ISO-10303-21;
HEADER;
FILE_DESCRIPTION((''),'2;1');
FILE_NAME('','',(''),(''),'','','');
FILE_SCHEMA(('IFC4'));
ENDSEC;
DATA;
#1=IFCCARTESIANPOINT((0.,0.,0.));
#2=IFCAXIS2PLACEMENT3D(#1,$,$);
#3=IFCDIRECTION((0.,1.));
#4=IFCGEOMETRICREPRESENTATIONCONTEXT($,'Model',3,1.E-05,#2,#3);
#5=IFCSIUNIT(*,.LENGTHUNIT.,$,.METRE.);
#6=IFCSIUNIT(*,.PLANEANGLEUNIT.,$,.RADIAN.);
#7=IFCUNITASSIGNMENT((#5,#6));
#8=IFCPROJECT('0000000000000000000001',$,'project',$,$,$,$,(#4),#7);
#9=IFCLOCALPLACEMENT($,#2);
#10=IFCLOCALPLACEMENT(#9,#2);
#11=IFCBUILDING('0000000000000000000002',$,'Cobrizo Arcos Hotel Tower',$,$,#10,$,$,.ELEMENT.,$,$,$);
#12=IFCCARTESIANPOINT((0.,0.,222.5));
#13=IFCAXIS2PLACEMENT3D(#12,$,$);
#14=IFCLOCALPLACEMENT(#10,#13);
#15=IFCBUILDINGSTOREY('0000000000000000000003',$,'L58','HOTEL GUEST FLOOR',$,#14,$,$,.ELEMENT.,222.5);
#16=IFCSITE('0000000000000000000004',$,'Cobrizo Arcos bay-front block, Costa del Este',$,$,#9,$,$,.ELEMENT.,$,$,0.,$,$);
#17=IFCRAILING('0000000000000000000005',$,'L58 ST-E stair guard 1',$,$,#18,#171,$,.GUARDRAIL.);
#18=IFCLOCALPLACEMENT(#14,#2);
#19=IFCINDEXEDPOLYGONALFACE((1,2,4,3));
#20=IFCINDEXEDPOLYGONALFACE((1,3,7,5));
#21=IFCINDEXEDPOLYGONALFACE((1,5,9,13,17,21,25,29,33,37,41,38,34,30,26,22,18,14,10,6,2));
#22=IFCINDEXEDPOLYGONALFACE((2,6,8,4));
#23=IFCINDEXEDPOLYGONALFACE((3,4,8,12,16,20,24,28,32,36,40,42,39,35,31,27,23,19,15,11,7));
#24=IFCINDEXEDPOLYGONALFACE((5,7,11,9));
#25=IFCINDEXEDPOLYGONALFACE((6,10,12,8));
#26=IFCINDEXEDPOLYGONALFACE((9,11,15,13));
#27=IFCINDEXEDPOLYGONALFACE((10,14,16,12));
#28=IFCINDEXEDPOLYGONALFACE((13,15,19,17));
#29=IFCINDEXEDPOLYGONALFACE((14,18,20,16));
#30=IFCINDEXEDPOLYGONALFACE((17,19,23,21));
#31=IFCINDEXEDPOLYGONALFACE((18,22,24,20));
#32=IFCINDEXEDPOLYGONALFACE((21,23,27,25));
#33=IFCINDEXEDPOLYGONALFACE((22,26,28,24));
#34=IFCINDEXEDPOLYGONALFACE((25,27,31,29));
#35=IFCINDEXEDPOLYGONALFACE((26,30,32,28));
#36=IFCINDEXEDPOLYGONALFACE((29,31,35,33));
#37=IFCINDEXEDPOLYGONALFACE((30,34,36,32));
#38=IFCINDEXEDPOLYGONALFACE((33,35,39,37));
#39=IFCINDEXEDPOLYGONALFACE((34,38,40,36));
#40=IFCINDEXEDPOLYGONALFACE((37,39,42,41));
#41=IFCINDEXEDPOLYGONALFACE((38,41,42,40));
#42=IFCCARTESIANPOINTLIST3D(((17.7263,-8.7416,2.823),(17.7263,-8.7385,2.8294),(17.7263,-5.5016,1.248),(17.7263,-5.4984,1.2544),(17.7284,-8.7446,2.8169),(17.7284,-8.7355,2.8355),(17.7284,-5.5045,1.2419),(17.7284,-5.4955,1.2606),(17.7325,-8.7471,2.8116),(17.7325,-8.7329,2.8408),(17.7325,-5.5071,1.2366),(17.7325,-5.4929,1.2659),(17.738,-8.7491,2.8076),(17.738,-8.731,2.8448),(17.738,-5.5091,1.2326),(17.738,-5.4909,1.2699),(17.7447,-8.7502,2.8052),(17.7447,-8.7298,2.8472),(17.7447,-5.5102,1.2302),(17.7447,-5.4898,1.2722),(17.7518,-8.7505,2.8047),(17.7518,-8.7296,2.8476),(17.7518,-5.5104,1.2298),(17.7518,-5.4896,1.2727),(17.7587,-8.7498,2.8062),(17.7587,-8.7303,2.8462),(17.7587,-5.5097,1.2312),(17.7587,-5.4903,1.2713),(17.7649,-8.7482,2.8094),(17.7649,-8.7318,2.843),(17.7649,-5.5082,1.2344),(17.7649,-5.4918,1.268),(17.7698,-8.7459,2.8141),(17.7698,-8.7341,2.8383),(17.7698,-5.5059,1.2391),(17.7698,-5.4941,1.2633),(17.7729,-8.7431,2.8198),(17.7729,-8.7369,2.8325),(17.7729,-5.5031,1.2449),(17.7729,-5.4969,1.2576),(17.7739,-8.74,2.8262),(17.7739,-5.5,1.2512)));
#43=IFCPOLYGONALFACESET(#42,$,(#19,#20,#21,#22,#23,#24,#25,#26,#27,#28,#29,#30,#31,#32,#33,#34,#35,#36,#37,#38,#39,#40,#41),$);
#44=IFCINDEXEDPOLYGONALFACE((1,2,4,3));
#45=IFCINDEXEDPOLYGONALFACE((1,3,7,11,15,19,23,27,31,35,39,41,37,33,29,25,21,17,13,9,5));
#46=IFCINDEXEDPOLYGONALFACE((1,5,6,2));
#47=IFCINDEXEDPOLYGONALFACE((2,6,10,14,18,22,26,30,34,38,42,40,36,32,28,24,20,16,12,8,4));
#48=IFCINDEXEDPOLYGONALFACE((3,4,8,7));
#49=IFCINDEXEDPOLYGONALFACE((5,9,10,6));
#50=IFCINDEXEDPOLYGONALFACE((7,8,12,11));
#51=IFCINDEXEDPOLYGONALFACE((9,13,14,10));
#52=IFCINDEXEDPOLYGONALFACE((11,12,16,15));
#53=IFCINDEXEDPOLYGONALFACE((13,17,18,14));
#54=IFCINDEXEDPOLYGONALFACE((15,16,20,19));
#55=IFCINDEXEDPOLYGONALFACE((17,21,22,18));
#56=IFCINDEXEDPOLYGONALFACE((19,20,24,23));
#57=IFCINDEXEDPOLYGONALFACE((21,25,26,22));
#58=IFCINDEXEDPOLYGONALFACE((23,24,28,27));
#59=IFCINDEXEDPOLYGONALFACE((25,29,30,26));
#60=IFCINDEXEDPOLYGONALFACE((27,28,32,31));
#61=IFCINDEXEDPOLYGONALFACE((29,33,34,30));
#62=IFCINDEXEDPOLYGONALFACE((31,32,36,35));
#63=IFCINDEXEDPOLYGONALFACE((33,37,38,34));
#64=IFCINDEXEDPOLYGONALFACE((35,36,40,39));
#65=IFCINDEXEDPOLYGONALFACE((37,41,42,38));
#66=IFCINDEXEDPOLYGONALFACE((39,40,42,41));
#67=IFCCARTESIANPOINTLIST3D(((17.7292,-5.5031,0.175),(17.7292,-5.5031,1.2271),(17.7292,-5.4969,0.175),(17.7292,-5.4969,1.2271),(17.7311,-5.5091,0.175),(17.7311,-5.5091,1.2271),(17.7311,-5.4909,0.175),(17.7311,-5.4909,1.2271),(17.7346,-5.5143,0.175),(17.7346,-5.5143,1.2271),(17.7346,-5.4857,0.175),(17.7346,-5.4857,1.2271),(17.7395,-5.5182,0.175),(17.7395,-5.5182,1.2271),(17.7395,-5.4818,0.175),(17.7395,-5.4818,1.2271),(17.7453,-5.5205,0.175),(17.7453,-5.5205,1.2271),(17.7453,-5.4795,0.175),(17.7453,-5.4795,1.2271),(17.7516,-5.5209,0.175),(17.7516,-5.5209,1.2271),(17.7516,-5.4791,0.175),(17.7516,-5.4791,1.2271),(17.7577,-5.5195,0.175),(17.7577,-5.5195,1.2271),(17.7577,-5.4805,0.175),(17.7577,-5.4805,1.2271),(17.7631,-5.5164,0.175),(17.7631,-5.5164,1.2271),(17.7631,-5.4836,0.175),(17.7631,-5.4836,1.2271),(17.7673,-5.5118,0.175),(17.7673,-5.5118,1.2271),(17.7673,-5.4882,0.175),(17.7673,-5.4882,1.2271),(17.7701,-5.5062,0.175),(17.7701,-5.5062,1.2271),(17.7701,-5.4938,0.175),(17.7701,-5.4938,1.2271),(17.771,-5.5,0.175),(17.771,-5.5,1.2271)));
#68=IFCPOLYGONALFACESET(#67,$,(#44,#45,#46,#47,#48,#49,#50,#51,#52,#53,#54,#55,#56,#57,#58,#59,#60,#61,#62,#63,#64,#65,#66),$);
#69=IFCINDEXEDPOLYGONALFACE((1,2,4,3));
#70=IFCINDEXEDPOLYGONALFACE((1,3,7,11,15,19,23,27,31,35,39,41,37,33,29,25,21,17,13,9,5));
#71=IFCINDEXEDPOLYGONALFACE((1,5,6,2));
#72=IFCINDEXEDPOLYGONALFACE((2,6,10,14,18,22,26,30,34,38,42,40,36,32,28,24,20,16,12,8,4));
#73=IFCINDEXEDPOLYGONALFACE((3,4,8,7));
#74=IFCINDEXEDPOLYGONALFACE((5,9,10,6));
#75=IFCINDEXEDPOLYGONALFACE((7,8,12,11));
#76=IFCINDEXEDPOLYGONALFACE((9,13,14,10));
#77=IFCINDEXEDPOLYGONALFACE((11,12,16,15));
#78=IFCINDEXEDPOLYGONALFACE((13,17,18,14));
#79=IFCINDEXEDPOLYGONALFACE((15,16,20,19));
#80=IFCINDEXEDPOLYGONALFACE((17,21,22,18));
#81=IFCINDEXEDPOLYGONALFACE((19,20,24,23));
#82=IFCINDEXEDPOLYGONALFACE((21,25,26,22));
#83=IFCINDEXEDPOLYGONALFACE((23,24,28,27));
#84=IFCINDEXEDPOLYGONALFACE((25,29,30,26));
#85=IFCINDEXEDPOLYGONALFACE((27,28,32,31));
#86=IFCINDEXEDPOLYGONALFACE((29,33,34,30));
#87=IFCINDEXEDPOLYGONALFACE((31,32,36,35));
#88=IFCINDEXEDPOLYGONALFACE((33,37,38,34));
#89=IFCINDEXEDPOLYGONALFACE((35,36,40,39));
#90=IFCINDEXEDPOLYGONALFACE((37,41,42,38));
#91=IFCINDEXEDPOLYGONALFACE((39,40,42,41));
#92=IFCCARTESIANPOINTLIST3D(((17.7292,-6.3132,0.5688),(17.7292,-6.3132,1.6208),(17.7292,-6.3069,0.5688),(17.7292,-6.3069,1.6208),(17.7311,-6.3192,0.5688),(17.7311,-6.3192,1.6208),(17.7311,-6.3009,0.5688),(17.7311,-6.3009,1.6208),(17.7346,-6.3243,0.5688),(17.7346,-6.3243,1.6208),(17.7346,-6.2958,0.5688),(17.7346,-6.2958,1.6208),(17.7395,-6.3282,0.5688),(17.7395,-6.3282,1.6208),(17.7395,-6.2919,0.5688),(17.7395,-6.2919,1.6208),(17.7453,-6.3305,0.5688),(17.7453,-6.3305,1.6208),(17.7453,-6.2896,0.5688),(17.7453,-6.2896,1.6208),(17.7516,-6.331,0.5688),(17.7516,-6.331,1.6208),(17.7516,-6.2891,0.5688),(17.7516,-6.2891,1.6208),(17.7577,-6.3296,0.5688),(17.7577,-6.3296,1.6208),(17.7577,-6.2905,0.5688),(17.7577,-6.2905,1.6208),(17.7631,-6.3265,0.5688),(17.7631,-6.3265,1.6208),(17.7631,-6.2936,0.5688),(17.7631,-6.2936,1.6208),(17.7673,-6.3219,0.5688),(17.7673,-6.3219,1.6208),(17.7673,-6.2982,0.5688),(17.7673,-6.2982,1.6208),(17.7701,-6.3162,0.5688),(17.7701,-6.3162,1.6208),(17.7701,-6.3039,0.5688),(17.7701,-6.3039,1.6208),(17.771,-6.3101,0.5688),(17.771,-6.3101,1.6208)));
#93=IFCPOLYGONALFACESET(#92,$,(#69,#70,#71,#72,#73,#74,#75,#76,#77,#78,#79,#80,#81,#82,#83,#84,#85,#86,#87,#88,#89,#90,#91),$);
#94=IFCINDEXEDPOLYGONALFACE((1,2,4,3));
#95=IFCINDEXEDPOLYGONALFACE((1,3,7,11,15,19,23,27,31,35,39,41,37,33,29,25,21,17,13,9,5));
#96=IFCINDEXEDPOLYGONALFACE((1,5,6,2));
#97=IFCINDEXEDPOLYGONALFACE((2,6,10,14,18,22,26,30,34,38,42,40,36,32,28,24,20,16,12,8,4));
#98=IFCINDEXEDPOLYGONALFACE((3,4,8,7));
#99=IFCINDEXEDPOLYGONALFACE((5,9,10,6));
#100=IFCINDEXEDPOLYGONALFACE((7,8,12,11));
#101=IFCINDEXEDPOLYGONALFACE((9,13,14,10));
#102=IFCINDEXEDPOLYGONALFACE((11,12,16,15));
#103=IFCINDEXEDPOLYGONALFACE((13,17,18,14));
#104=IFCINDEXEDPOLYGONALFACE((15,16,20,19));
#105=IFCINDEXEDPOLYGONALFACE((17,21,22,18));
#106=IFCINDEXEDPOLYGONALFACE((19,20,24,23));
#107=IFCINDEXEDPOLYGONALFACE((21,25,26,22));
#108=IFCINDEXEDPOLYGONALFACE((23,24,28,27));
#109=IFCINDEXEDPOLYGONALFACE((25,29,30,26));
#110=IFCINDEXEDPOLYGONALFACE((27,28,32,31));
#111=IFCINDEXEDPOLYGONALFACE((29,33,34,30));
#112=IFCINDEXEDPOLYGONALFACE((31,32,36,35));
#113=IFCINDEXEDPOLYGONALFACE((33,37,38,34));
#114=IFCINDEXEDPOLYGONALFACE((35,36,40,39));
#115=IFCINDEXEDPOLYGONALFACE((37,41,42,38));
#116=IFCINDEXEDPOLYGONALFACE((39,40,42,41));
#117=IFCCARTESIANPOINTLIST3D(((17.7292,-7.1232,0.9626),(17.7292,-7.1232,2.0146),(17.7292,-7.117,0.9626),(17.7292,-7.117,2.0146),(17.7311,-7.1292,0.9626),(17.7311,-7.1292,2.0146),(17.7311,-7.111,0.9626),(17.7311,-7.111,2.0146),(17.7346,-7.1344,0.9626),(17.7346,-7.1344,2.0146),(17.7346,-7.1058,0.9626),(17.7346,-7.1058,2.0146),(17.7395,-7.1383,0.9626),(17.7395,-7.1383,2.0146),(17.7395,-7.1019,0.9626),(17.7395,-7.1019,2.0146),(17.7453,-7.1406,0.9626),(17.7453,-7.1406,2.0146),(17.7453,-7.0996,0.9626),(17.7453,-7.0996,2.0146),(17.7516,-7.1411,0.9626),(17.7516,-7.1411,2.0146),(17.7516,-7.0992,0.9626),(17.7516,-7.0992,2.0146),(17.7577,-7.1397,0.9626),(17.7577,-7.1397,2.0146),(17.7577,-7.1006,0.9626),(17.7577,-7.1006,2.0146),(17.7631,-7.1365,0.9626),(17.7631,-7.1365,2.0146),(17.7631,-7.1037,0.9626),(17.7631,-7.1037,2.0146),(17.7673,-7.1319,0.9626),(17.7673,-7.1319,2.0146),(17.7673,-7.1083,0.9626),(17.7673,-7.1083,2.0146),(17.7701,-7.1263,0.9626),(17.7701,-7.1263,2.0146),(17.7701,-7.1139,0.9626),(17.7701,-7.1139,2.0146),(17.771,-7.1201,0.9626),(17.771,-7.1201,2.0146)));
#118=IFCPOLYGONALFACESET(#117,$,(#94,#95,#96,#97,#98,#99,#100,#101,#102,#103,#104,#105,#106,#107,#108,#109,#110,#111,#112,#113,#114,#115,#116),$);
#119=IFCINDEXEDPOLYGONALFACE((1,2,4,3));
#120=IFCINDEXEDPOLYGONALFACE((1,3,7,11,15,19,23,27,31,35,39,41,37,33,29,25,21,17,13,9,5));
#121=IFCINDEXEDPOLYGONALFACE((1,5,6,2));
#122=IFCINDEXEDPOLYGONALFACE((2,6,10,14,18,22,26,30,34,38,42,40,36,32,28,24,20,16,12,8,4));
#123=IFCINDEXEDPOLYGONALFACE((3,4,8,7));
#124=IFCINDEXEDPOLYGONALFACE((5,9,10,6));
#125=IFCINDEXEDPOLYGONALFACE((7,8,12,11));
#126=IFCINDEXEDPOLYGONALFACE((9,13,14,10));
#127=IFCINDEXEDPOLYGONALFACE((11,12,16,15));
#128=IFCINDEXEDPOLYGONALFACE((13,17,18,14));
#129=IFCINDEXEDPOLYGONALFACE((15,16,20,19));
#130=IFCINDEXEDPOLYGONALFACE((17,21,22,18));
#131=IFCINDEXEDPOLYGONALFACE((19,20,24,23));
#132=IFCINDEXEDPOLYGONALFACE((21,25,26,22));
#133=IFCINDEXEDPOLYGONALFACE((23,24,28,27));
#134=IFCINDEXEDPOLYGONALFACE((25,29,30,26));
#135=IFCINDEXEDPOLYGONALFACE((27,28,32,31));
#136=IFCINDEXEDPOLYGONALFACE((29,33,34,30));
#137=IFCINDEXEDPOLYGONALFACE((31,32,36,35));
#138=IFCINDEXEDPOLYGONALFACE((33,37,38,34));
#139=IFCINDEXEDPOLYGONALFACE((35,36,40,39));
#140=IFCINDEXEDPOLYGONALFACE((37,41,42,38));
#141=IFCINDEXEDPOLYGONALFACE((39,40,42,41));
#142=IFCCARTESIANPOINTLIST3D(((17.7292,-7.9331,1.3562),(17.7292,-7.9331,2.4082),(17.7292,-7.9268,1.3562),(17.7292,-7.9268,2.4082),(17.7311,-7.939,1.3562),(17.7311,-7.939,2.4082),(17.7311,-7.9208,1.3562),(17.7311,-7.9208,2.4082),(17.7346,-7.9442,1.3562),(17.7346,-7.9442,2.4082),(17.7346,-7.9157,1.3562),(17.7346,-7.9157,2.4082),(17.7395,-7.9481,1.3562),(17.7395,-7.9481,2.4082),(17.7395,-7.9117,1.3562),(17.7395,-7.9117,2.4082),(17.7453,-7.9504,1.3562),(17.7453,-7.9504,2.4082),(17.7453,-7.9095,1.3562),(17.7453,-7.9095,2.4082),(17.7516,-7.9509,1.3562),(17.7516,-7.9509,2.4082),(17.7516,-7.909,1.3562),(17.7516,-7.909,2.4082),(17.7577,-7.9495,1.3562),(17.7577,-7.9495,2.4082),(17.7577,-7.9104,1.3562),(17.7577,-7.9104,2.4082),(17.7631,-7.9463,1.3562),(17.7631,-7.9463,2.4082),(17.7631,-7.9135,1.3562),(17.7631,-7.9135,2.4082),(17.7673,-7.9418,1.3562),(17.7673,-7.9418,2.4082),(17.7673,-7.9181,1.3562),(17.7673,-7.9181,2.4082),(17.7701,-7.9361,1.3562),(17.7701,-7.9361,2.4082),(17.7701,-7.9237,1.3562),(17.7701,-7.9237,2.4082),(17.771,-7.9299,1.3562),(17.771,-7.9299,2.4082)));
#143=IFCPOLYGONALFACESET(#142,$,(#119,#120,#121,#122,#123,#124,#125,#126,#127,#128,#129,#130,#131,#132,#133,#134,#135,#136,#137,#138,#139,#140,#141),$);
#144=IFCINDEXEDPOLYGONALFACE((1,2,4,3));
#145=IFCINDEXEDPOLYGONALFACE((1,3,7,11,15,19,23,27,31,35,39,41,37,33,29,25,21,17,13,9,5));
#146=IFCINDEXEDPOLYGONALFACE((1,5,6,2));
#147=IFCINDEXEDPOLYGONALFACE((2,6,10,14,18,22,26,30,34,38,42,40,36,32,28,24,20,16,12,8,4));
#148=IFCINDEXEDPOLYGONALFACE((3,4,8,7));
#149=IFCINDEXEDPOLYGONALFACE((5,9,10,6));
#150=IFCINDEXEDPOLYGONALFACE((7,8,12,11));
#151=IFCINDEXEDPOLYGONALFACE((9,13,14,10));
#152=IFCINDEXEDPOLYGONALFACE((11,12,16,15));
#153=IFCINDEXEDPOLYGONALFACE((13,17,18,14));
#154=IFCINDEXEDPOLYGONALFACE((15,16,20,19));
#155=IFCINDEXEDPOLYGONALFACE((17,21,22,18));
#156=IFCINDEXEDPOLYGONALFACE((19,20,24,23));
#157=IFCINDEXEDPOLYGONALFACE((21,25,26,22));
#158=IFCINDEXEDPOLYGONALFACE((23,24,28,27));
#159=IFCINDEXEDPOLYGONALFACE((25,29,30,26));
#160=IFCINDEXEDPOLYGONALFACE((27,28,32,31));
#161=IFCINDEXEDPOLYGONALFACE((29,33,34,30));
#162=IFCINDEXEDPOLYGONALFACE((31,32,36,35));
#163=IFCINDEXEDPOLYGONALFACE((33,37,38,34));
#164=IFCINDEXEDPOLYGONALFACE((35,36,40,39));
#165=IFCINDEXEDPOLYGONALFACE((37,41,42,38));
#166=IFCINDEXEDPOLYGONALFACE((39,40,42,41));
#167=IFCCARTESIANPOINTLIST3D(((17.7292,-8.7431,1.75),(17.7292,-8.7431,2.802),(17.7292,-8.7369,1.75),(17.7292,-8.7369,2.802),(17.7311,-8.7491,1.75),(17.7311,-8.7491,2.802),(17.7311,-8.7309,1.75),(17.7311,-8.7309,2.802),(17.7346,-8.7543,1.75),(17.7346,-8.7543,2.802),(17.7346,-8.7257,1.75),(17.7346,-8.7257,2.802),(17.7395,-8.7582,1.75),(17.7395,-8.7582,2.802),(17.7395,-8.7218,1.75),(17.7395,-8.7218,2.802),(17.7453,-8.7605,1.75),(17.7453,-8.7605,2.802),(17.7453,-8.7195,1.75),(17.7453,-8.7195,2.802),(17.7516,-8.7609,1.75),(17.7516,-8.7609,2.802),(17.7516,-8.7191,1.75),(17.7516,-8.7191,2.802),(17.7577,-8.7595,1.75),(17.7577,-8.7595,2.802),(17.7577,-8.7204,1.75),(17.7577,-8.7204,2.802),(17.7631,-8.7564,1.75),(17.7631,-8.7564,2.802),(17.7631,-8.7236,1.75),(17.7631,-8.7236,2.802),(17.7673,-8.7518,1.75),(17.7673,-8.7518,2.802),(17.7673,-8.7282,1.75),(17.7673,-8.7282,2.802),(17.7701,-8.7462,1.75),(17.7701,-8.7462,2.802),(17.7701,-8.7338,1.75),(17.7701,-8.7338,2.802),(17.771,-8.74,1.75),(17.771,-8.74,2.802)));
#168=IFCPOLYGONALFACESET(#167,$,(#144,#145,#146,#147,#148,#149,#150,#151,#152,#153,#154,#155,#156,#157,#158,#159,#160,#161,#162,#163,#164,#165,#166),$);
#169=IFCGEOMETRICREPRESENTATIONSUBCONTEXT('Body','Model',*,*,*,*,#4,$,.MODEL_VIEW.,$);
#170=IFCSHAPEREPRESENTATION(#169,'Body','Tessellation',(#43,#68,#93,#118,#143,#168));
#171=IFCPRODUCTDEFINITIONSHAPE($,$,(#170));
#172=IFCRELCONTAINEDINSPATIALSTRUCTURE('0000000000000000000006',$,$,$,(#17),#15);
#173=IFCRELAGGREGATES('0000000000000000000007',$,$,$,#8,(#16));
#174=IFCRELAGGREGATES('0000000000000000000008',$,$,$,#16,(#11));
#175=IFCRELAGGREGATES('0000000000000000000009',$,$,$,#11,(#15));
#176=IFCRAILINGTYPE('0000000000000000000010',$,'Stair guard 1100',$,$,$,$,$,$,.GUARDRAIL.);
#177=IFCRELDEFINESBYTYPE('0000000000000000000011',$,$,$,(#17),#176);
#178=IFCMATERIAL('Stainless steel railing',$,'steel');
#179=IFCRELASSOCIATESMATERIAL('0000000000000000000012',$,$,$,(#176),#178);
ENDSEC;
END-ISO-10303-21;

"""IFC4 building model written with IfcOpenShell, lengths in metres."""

from ifc_helpers import new_model, si_unit, direction, frame, origin, origin_2d, place, context, subcontext, project, spatial, circle, extrude, material, type_object, element, save


model = new_model("IFC4")

# Units and contexts
model_context = context("Model", 3, precision=1e-05, world=origin(), true_north=direction((0.0, 1.0)))
body_context = subcontext(model_context, "Body", "Model", "MODEL_VIEW")
ifc_project = project(units=[si_unit("LENGTHUNIT", "METRE"), si_unit("PLANEANGLEUNIT", "RADIAN")], contexts=[model_context])

# Site, building, storey
site_placement = place(None, origin())
site = spatial("IfcSite", under=ifc_project, at=site_placement, Name="Cobrizo Arcos bay-front block, Costa del Este", CompositionType="ELEMENT", RefElevation=0.0)
building_placement = place(site_placement, origin())
building = spatial("IfcBuilding", under=site, at=building_placement, Name="Cobrizo Arcos Hotel Tower", CompositionType="ELEMENT")
storey_placement = place(building_placement, frame((0.0, 0.0, 222.5)))
storey = spatial("IfcBuildingStorey", under=building, at=storey_placement, Name="L58", Description="HOTEL GUEST FLOOR", CompositionType="ELEMENT", Elevation=222.5)

# Railing
ifc_material_1 = material(Name="Stainless steel railing", Category="steel")
railing_type_1 = type_object("IfcRailingType", Name="Stair guard 1100", PredefinedType="GUARDRAIL", material=ifc_material_1)
railing_1_placement = place(storey_placement, frame((17.75, -5.5, 0.175)))
element("IfcRailing", 1, at=railing_1_placement, inside=storey, type_object=railing_type_1, Name="L58 ST-E stair guard 1", PredefinedType="GUARDRAIL", context=body_context, shape_type="SweptSolid", body=[
    extrude(circle(Radius=0.0239, at=origin_2d()), frame((0.0, 0.0, 1.0762), z_axis=(0.0, -0.899373, 0.437183), x_axis=(1.0, 0.0, 0.0)), (0.0, 0.0, 1.0), 3.6025),
    extrude(circle(Radius=0.021, at=origin_2d()), origin(), (0.0, 0.0, 1.0), 1.052),
    extrude(circle(Radius=0.021, at=origin_2d()), frame((0.0, -0.8101, 0.3938)), (0.0, 0.0, 1.0), 1.052),
    extrude(circle(Radius=0.021, at=origin_2d()), frame((0.0, -1.6201, 0.7876)), (0.0, 0.0, 1.0), 1.052),
    extrude(circle(Radius=0.021, at=origin_2d()), frame((0.0, -2.4299, 1.1812)), (0.0, 0.0, 1.0), 1.052),
    extrude(circle(Radius=0.021, at=origin_2d()), frame((0.0, -3.24, 1.575)), (0.0, 0.0, 1.0), 1.052),
])

save(model, "model.ifc")
